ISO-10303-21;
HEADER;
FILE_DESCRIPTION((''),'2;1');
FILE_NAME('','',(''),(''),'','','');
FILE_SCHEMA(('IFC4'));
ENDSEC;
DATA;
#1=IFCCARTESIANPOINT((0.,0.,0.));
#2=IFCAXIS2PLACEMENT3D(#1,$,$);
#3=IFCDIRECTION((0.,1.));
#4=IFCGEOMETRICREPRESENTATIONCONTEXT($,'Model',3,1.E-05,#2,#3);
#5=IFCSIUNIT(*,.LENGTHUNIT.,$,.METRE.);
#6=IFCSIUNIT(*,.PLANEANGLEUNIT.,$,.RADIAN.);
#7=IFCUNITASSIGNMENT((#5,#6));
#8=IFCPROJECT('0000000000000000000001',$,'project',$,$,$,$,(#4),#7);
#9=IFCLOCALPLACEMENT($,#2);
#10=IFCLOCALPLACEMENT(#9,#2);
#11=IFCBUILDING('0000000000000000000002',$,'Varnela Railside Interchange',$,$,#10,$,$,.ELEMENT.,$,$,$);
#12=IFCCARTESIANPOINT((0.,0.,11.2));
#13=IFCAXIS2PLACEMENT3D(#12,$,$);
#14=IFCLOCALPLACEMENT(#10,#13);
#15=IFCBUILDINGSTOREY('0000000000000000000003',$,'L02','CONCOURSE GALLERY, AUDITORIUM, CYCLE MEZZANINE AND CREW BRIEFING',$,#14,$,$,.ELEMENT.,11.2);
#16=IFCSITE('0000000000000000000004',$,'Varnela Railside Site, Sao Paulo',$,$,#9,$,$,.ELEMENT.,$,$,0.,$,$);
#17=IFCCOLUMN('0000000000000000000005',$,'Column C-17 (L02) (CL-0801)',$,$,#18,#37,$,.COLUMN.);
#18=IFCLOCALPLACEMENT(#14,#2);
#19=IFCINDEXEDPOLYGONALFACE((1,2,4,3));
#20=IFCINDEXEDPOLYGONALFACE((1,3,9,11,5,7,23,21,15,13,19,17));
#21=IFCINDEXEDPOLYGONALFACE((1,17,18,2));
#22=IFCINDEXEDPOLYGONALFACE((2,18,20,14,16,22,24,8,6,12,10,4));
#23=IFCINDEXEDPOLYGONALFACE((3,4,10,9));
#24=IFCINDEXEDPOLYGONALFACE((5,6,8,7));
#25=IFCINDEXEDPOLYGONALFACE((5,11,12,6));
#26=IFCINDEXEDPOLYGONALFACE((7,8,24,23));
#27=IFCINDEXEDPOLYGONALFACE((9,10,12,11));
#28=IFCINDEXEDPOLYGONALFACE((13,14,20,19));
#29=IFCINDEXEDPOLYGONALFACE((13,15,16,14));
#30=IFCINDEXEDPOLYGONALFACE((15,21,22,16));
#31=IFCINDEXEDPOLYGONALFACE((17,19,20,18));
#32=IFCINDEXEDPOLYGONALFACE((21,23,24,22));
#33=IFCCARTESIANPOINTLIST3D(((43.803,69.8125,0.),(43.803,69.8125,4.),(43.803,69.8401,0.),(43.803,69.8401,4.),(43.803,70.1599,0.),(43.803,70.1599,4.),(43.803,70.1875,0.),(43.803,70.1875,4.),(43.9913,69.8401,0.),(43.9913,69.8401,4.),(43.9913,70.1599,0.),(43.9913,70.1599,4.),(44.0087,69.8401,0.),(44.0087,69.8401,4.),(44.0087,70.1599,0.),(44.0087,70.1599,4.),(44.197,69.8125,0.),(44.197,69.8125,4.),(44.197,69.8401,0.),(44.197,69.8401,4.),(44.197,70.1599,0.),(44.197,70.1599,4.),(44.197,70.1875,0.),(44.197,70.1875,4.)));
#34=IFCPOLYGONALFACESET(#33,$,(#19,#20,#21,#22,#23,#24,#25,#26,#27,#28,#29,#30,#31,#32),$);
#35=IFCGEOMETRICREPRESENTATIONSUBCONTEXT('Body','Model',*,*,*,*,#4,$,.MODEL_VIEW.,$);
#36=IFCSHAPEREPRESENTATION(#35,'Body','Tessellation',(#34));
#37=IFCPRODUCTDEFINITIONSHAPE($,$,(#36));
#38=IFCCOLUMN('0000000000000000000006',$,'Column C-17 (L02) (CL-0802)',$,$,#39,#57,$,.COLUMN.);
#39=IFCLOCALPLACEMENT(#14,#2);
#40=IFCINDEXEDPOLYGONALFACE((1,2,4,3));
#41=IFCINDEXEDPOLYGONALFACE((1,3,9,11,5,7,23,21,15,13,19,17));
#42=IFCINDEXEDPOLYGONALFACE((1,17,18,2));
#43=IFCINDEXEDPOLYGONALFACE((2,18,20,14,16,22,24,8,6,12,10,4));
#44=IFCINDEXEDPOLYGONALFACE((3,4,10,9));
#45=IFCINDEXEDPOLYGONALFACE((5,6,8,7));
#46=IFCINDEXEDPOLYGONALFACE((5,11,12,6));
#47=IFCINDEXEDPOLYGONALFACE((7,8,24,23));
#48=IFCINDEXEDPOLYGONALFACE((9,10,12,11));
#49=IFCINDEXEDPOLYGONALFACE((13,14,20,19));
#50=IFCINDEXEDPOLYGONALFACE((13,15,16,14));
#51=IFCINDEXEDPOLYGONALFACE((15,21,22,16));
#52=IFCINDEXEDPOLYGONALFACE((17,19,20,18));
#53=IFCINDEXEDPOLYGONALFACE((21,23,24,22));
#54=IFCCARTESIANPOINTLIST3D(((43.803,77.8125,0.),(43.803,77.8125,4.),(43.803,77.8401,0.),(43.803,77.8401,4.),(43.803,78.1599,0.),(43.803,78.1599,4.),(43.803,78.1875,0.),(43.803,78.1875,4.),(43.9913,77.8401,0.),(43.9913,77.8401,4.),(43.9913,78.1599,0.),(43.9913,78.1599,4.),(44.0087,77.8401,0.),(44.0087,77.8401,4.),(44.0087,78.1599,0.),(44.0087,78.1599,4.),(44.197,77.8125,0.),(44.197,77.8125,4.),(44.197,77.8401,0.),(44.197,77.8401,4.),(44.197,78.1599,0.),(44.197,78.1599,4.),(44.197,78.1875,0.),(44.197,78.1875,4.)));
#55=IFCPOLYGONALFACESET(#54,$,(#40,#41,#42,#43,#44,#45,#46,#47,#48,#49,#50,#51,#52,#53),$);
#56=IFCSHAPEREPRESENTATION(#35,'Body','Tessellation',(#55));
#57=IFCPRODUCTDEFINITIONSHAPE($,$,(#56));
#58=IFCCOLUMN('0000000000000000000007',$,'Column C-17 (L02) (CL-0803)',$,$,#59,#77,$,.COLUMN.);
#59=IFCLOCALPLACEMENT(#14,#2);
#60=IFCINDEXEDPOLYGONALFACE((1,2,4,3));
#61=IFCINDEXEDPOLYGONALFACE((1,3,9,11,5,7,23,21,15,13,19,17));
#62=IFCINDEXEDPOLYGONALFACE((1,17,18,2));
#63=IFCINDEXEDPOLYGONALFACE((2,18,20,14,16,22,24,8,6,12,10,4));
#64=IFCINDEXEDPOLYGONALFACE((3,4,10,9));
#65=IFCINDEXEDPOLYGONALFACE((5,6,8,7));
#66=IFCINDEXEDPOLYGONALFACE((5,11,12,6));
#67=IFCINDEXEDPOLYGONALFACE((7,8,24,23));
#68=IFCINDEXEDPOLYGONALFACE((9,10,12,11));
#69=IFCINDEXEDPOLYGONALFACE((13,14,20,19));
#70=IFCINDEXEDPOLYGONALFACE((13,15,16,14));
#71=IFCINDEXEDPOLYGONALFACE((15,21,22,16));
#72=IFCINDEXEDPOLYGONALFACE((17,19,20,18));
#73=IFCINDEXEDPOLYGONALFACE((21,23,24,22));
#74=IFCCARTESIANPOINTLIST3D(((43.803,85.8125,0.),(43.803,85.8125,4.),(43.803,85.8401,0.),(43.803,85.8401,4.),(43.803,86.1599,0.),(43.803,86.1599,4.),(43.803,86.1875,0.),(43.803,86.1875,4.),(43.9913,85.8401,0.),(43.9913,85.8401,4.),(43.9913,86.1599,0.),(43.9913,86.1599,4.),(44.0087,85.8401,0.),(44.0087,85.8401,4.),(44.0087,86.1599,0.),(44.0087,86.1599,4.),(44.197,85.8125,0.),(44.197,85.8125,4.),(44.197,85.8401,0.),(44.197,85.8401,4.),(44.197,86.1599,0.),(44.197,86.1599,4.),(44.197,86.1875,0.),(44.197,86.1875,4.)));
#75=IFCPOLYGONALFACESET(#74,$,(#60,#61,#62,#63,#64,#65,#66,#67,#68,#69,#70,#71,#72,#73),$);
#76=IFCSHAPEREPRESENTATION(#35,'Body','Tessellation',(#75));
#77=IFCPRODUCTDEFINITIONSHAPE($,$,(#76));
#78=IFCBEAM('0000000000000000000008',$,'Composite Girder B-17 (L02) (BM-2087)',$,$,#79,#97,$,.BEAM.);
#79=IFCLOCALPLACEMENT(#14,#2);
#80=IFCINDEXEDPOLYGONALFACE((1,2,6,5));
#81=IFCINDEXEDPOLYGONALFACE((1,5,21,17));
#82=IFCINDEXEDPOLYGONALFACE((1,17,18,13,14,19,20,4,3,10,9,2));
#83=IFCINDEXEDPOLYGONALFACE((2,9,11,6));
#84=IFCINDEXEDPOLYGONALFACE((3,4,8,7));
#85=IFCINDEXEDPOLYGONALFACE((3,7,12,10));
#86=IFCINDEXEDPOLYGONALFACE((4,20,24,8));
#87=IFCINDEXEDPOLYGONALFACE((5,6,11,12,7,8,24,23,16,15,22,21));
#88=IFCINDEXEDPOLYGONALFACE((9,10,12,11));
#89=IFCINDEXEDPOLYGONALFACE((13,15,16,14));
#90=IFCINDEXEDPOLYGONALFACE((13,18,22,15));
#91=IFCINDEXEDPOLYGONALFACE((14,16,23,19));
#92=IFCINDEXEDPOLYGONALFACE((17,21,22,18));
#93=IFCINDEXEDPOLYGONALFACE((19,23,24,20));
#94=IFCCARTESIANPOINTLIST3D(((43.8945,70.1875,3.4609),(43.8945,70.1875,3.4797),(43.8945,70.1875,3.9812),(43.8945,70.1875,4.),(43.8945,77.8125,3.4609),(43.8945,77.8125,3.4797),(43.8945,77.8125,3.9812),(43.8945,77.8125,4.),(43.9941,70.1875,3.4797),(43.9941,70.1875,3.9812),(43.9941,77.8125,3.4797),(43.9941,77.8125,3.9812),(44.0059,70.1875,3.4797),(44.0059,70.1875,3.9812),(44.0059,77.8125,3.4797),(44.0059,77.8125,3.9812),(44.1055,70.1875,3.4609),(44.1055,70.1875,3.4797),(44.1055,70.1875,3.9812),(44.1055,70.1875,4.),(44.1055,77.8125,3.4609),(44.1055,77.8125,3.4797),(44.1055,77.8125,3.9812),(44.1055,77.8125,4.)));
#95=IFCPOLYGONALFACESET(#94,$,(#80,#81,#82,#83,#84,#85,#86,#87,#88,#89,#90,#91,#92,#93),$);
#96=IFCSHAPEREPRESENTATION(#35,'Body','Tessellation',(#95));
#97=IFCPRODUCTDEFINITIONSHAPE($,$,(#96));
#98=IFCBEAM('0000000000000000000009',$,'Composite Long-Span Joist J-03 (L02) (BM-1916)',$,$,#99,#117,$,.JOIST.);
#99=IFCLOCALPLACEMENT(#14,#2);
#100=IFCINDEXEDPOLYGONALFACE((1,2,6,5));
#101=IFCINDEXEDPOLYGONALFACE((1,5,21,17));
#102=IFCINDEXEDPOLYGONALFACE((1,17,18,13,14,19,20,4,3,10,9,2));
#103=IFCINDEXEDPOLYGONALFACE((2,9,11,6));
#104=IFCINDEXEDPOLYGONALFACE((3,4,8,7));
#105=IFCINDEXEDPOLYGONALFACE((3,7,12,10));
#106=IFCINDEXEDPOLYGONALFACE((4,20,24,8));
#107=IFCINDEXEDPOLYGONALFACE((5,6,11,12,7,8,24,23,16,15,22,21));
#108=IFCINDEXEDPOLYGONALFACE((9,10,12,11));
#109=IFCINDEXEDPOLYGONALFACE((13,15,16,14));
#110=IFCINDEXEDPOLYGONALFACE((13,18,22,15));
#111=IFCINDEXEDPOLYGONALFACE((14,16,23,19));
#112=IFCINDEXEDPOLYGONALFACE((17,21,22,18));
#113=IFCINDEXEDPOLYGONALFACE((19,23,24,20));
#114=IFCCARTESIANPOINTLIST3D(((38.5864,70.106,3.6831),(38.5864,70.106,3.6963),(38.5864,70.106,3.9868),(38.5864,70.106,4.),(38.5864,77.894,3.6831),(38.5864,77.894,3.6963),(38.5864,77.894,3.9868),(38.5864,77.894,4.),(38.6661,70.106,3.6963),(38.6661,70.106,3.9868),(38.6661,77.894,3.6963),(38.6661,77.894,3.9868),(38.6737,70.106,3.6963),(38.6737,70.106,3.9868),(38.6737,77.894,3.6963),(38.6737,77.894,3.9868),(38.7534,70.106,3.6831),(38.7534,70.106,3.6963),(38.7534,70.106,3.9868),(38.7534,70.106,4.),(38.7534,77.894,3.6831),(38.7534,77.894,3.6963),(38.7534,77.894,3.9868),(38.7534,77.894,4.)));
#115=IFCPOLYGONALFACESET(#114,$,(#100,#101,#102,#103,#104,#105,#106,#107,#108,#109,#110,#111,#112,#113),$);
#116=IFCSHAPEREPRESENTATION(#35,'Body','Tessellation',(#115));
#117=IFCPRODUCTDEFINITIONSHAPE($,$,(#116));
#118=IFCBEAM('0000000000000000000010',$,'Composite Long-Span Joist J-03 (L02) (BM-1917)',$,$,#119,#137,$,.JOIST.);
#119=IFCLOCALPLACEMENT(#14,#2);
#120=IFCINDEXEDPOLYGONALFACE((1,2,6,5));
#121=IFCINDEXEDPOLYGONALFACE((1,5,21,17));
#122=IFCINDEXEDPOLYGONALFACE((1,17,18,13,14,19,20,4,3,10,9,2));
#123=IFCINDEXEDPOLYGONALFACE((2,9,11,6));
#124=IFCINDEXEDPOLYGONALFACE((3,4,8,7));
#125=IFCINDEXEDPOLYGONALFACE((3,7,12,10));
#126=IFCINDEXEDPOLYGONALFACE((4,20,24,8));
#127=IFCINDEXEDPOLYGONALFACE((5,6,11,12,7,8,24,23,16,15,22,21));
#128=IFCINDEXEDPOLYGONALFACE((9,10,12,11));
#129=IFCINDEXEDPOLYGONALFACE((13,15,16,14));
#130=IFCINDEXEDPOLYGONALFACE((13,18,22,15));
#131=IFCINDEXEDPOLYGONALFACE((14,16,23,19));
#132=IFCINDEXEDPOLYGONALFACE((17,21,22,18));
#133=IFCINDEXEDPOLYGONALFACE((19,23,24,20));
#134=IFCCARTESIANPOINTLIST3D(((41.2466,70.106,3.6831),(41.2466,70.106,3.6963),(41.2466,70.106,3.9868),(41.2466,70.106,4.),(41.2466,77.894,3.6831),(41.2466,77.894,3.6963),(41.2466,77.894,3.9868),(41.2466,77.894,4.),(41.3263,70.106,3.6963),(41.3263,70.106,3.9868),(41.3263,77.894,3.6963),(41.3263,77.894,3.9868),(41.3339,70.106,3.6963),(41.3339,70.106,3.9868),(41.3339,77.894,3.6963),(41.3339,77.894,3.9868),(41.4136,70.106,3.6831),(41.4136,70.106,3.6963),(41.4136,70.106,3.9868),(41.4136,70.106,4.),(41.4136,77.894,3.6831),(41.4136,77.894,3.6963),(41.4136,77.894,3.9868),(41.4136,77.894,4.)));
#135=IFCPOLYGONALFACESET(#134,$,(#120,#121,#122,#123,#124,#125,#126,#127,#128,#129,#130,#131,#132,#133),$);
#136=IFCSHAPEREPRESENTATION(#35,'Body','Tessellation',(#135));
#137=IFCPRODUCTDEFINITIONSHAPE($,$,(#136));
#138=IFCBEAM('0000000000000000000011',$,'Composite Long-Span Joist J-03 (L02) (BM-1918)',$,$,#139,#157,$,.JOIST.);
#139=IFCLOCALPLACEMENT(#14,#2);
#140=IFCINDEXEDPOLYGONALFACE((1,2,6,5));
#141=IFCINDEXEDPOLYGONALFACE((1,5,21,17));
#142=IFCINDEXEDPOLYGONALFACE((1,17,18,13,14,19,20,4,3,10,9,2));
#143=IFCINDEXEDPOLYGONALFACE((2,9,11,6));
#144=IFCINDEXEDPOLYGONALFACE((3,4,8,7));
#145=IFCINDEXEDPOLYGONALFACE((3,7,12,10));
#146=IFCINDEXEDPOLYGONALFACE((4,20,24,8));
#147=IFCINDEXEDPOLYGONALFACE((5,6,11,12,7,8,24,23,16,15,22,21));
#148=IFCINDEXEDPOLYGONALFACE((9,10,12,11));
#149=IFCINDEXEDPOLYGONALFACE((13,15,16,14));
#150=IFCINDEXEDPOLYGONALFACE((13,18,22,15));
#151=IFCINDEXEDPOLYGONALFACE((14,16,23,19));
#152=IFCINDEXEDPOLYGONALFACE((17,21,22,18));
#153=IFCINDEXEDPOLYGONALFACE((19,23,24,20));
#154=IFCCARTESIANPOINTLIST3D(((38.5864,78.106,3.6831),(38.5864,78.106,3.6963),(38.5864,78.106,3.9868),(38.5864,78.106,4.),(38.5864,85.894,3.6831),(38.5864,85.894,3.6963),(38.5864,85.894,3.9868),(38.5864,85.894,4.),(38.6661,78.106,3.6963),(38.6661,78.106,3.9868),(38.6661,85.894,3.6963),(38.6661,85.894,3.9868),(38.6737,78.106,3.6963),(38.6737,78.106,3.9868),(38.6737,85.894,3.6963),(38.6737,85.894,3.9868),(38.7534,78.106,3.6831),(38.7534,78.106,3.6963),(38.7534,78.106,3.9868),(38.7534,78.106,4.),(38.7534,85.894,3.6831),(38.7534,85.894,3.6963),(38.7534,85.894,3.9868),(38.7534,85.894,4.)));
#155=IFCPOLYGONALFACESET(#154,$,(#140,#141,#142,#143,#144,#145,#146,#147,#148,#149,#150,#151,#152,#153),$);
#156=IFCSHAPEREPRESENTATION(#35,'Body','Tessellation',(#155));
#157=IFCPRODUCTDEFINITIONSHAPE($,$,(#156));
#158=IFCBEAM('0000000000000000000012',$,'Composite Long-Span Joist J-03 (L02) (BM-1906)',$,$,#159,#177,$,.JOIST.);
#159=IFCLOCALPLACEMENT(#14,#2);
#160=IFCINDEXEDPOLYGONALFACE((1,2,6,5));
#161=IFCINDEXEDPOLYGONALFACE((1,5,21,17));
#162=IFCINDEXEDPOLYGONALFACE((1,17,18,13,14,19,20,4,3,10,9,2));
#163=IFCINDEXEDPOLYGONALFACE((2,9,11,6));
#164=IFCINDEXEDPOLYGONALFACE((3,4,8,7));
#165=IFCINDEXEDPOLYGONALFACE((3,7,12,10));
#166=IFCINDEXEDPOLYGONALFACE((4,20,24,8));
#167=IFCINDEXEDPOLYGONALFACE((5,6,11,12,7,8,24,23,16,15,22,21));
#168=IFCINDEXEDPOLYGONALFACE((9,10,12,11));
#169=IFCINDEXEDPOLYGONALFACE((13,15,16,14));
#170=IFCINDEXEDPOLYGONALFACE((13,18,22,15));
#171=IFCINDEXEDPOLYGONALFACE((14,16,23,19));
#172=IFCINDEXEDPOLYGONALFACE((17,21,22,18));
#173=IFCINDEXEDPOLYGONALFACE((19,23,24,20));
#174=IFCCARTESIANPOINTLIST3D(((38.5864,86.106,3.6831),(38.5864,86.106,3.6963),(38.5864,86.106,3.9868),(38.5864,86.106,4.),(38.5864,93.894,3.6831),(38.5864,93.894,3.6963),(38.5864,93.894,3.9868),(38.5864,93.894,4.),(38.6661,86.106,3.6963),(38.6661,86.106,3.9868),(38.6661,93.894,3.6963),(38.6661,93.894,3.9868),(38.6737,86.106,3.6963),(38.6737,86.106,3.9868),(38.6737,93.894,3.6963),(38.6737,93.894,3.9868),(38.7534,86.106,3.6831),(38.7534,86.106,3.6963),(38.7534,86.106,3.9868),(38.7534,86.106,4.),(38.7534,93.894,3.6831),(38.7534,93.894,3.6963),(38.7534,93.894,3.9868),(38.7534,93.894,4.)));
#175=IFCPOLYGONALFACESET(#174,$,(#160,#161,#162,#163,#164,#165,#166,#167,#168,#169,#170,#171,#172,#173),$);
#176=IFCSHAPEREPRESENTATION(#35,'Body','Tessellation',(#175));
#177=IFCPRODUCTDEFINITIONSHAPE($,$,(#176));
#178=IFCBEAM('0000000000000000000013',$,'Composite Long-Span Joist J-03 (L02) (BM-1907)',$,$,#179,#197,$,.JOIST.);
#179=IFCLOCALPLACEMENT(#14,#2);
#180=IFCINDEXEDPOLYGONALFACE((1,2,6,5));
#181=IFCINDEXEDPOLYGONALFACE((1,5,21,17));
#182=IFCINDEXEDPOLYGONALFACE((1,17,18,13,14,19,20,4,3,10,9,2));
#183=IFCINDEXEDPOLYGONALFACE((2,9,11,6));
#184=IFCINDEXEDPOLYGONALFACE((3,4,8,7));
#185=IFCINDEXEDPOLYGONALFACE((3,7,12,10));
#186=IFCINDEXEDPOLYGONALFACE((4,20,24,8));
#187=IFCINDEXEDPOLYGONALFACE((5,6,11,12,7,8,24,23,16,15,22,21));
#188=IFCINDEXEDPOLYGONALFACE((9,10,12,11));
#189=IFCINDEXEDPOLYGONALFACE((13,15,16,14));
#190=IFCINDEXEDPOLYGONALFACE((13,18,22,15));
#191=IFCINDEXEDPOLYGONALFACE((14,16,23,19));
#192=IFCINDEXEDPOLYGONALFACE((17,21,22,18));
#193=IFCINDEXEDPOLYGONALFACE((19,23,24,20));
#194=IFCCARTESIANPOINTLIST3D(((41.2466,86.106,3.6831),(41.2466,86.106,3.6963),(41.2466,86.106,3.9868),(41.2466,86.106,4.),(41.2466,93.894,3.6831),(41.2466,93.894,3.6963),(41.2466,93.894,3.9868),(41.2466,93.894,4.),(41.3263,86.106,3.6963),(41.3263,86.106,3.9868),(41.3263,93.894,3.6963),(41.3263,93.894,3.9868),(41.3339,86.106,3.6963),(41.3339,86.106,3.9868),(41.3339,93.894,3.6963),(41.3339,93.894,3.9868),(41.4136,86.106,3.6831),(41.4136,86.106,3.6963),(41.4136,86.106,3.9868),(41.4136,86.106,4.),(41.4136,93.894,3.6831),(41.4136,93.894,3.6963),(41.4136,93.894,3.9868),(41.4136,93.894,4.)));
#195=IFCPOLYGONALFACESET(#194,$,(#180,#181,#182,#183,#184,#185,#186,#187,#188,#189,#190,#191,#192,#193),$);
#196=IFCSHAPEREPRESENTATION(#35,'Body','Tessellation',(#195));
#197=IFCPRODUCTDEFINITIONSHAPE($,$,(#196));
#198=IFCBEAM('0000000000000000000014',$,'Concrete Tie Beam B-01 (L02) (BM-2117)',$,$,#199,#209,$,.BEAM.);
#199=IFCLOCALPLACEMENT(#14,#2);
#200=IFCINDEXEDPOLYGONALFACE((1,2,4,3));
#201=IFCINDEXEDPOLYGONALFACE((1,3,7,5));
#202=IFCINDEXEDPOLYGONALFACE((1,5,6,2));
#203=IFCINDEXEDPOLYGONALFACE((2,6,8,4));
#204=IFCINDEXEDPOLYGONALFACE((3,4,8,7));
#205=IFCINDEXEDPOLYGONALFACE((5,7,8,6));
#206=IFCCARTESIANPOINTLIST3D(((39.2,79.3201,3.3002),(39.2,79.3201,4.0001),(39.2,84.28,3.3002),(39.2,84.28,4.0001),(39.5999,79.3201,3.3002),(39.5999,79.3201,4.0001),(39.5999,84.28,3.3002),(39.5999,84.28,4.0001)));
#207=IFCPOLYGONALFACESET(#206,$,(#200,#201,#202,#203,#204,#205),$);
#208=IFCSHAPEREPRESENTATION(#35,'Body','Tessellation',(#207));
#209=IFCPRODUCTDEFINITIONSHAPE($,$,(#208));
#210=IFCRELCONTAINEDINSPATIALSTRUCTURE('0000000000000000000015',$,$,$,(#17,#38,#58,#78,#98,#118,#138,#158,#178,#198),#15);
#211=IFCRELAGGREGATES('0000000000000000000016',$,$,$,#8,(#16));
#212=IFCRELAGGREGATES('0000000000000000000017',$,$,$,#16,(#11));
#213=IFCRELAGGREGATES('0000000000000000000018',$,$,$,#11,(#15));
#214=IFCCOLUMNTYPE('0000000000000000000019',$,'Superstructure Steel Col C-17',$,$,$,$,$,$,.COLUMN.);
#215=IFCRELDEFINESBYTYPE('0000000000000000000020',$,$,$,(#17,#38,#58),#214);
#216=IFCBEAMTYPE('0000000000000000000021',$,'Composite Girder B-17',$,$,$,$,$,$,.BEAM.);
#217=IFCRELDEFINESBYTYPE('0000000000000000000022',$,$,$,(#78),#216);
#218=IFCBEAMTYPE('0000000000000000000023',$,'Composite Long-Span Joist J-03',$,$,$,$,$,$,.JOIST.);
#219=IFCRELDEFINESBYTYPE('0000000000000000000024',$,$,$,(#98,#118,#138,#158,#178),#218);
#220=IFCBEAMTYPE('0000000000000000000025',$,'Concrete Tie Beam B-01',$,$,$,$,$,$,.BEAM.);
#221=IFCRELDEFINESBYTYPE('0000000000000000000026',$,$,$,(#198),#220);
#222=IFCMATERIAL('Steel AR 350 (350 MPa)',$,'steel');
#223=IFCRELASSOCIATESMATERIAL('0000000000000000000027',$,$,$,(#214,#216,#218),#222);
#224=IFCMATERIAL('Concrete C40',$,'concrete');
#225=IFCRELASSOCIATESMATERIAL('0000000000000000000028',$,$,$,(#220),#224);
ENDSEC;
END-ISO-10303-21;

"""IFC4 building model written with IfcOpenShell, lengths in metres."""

from ifc_helpers import new_model, si_unit, direction, frame, origin, origin_2d, place, context, subcontext, project, spatial, rectangle, i_section, extrude, material, material_profile, profile_set, type_object, element, save


model = new_model("IFC4")

# Units and contexts
model_context = context("Model", 3, precision=1e-05, world=origin(), true_north=direction((0.0, 1.0)))
body_context = subcontext(model_context, "Body", "Model", "MODEL_VIEW")
ifc_project = project(units=[si_unit("LENGTHUNIT", "METRE"), si_unit("PLANEANGLEUNIT", "RADIAN")], contexts=[model_context])

# Site, building, storey
site_placement = place(None, origin())
site = spatial("IfcSite", under=ifc_project, at=site_placement, Name="Varnela Railside Site, Sao Paulo", CompositionType="ELEMENT", RefElevation=0.0)
building_placement = place(site_placement, origin())
building = spatial("IfcBuilding", under=site, at=building_placement, Name="Varnela Railside Interchange", CompositionType="ELEMENT")
storey_placement = place(building_placement, frame((0.0, 0.0, 11.2)))
storey = spatial("IfcBuildingStorey", under=building, at=storey_placement, Name="L02", Description="CONCOURSE GALLERY, AUDITORIUM, CYCLE MEZZANINE AND CREW BRIEFING", CompositionType="ELEMENT", Elevation=11.2)

# Columns
ifc_material_1 = material(Name="Steel AR 350 (350 MPa)", Category="steel")
ifc_material_profile_1 = material_profile(ifc_material_1, i_section(OverallWidth=0.394, OverallDepth=0.375, WebThickness=0.0173, FlangeThickness=0.0276, at=origin_2d()), Name="W360x216")
ifc_profile_set_1 = profile_set([ifc_material_profile_1], Name="Steel AR 350 (350 MPa)")
column_type = type_object("IfcColumnType", Name="Superstructure Steel Col C-17", PredefinedType="COLUMN", material=ifc_profile_set_1)
for number, where, z_axis, x_axis, name in (
    (1, (44.0, 70.0, 0.0), (0.0, 0.0, 1.0), (1.0, 0.0, 0.0), "Column C-17 (L02) (CL-0801)"),
    (2, (44.0, 78.0, 0.0), (0.0, 0.0, 1.0), (1.0, 0.0, 0.0), "Column C-17 (L02) (CL-0802)"),
    (3, (44.0, 86.0, 0.0), (0.0, 0.0, 1.0), (1.0, 0.0, 0.0), "Column C-17 (L02) (CL-0803)"),
):
    element("IfcColumn", number, at=place(storey_placement, frame(where, z_axis=z_axis, x_axis=x_axis)), inside=storey, type_object=column_type, Name=name, PredefinedType="COLUMN", context=body_context, shape_type="SweptSolid", body=[
        extrude(i_section(OverallWidth=0.394, OverallDepth=0.375, WebThickness=0.0173, FlangeThickness=0.0276, at=origin_2d()), origin(), (0.0, 0.0, 1.0), 4.0),
    ])

# Beams
ifc_material_profile_2 = material_profile(ifc_material_1, i_section(OverallWidth=0.2109, OverallDepth=0.5391, WebThickness=0.0117, FlangeThickness=0.0188, at=origin_2d()), Name="W530x109")
ifc_profile_set_2 = profile_set([ifc_material_profile_2], Name="Steel AR 350 (350 MPa)")
beam_type_1 = type_object("IfcBeamType", Name="Composite Girder B-17", PredefinedType="BEAM", material=ifc_profile_set_2)
beam_1_placement = place(storey_placement, frame((44.0, 70.1875, 3.7305), z_axis=(0.0, 1.0, 0.0), x_axis=(-1.0, 0.0, 0.0)))
element("IfcBeam", 4, at=beam_1_placement, inside=storey, type_object=beam_type_1, Name="Composite Girder B-17 (L02) (BM-2087)", PredefinedType="BEAM", context=body_context, shape_type="SweptSolid", body=[
    extrude(i_section(OverallWidth=0.2109, OverallDepth=0.5391, WebThickness=0.0117, FlangeThickness=0.0188, at=origin_2d()), origin(), (0.0, 0.0, 1.0), 7.625),
])
ifc_material_profile_3 = material_profile(ifc_material_1, i_section(OverallWidth=0.167, OverallDepth=0.3169, WebThickness=0.0076, FlangeThickness=0.0132, at=origin_2d()), Name="W310x52")
ifc_profile_set_3 = profile_set([ifc_material_profile_3], Name="Steel AR 350 (350 MPa)")
beam_type_2 = type_object("IfcBeamType", Name="Composite Long-Span Joist J-03", PredefinedType="JOIST", material=ifc_profile_set_3)
for number, where, z_axis, x_axis, name in (
    (5, (38.6699, 70.106, 3.8416), (0.0, 1.0, 0.0), (-1.0, 0.0, 0.0), "Composite Long-Span Joist J-03 (L02) (BM-1916)"),
    (6, (41.3301, 70.106, 3.8416), (0.0, 1.0, 0.0), (-1.0, 0.0, 0.0), "Composite Long-Span Joist J-03 (L02) (BM-1917)"),
    (7, (38.6699, 78.106, 3.8416), (0.0, 1.0, 0.0), (-1.0, 0.0, 0.0), "Composite Long-Span Joist J-03 (L02) (BM-1918)"),
    (8, (38.6699, 86.106, 3.8416), (0.0, 1.0, 0.0), (-1.0, 0.0, 0.0), "Composite Long-Span Joist J-03 (L02) (BM-1906)"),
    (9, (41.3301, 86.106, 3.8416), (0.0, 1.0, 0.0), (-1.0, 0.0, 0.0), "Composite Long-Span Joist J-03 (L02) (BM-1907)"),
):
    element("IfcBeam", number, at=place(storey_placement, frame(where, z_axis=z_axis, x_axis=x_axis)), inside=storey, type_object=beam_type_2, Name=name, PredefinedType="JOIST", context=body_context, shape_type="SweptSolid", body=[
        extrude(i_section(OverallWidth=0.167, OverallDepth=0.3169, WebThickness=0.0076, FlangeThickness=0.0132, at=origin_2d()), origin(), (0.0, 0.0, 1.0), 7.7881),
    ])
ifc_material_2 = material(Name="Concrete C40", Category="concrete")
ifc_material_profile_4 = material_profile(ifc_material_2, rectangle(XDim=0.3999, YDim=0.7, at=origin_2d()), Name="RC 400x700")
ifc_profile_set_4 = profile_set([ifc_material_profile_4], Name="Concrete C40")
beam_type_3 = type_object("IfcBeamType", Name="Concrete Tie Beam B-01", PredefinedType="BEAM", material=ifc_profile_set_4)
for number, where, z_axis, x_axis, name in (
    (10, (39.3999, 79.3201, 3.6501), (0.0, 1.0, 0.0), (-1.0, 0.0, 0.0), "Concrete Tie Beam B-01 (L02) (BM-2117)"),
):
    element("IfcBeam", number, at=place(storey_placement, frame(where, z_axis=z_axis, x_axis=x_axis)), inside=storey, type_object=beam_type_3, Name=name, PredefinedType="BEAM", context=body_context, shape_type="SweptSolid", body=[
        extrude(rectangle(XDim=0.3999, YDim=0.7, at=origin_2d()), origin(), (0.0, 0.0, 1.0), 4.96),
    ])

save(model, "model.ifc")
